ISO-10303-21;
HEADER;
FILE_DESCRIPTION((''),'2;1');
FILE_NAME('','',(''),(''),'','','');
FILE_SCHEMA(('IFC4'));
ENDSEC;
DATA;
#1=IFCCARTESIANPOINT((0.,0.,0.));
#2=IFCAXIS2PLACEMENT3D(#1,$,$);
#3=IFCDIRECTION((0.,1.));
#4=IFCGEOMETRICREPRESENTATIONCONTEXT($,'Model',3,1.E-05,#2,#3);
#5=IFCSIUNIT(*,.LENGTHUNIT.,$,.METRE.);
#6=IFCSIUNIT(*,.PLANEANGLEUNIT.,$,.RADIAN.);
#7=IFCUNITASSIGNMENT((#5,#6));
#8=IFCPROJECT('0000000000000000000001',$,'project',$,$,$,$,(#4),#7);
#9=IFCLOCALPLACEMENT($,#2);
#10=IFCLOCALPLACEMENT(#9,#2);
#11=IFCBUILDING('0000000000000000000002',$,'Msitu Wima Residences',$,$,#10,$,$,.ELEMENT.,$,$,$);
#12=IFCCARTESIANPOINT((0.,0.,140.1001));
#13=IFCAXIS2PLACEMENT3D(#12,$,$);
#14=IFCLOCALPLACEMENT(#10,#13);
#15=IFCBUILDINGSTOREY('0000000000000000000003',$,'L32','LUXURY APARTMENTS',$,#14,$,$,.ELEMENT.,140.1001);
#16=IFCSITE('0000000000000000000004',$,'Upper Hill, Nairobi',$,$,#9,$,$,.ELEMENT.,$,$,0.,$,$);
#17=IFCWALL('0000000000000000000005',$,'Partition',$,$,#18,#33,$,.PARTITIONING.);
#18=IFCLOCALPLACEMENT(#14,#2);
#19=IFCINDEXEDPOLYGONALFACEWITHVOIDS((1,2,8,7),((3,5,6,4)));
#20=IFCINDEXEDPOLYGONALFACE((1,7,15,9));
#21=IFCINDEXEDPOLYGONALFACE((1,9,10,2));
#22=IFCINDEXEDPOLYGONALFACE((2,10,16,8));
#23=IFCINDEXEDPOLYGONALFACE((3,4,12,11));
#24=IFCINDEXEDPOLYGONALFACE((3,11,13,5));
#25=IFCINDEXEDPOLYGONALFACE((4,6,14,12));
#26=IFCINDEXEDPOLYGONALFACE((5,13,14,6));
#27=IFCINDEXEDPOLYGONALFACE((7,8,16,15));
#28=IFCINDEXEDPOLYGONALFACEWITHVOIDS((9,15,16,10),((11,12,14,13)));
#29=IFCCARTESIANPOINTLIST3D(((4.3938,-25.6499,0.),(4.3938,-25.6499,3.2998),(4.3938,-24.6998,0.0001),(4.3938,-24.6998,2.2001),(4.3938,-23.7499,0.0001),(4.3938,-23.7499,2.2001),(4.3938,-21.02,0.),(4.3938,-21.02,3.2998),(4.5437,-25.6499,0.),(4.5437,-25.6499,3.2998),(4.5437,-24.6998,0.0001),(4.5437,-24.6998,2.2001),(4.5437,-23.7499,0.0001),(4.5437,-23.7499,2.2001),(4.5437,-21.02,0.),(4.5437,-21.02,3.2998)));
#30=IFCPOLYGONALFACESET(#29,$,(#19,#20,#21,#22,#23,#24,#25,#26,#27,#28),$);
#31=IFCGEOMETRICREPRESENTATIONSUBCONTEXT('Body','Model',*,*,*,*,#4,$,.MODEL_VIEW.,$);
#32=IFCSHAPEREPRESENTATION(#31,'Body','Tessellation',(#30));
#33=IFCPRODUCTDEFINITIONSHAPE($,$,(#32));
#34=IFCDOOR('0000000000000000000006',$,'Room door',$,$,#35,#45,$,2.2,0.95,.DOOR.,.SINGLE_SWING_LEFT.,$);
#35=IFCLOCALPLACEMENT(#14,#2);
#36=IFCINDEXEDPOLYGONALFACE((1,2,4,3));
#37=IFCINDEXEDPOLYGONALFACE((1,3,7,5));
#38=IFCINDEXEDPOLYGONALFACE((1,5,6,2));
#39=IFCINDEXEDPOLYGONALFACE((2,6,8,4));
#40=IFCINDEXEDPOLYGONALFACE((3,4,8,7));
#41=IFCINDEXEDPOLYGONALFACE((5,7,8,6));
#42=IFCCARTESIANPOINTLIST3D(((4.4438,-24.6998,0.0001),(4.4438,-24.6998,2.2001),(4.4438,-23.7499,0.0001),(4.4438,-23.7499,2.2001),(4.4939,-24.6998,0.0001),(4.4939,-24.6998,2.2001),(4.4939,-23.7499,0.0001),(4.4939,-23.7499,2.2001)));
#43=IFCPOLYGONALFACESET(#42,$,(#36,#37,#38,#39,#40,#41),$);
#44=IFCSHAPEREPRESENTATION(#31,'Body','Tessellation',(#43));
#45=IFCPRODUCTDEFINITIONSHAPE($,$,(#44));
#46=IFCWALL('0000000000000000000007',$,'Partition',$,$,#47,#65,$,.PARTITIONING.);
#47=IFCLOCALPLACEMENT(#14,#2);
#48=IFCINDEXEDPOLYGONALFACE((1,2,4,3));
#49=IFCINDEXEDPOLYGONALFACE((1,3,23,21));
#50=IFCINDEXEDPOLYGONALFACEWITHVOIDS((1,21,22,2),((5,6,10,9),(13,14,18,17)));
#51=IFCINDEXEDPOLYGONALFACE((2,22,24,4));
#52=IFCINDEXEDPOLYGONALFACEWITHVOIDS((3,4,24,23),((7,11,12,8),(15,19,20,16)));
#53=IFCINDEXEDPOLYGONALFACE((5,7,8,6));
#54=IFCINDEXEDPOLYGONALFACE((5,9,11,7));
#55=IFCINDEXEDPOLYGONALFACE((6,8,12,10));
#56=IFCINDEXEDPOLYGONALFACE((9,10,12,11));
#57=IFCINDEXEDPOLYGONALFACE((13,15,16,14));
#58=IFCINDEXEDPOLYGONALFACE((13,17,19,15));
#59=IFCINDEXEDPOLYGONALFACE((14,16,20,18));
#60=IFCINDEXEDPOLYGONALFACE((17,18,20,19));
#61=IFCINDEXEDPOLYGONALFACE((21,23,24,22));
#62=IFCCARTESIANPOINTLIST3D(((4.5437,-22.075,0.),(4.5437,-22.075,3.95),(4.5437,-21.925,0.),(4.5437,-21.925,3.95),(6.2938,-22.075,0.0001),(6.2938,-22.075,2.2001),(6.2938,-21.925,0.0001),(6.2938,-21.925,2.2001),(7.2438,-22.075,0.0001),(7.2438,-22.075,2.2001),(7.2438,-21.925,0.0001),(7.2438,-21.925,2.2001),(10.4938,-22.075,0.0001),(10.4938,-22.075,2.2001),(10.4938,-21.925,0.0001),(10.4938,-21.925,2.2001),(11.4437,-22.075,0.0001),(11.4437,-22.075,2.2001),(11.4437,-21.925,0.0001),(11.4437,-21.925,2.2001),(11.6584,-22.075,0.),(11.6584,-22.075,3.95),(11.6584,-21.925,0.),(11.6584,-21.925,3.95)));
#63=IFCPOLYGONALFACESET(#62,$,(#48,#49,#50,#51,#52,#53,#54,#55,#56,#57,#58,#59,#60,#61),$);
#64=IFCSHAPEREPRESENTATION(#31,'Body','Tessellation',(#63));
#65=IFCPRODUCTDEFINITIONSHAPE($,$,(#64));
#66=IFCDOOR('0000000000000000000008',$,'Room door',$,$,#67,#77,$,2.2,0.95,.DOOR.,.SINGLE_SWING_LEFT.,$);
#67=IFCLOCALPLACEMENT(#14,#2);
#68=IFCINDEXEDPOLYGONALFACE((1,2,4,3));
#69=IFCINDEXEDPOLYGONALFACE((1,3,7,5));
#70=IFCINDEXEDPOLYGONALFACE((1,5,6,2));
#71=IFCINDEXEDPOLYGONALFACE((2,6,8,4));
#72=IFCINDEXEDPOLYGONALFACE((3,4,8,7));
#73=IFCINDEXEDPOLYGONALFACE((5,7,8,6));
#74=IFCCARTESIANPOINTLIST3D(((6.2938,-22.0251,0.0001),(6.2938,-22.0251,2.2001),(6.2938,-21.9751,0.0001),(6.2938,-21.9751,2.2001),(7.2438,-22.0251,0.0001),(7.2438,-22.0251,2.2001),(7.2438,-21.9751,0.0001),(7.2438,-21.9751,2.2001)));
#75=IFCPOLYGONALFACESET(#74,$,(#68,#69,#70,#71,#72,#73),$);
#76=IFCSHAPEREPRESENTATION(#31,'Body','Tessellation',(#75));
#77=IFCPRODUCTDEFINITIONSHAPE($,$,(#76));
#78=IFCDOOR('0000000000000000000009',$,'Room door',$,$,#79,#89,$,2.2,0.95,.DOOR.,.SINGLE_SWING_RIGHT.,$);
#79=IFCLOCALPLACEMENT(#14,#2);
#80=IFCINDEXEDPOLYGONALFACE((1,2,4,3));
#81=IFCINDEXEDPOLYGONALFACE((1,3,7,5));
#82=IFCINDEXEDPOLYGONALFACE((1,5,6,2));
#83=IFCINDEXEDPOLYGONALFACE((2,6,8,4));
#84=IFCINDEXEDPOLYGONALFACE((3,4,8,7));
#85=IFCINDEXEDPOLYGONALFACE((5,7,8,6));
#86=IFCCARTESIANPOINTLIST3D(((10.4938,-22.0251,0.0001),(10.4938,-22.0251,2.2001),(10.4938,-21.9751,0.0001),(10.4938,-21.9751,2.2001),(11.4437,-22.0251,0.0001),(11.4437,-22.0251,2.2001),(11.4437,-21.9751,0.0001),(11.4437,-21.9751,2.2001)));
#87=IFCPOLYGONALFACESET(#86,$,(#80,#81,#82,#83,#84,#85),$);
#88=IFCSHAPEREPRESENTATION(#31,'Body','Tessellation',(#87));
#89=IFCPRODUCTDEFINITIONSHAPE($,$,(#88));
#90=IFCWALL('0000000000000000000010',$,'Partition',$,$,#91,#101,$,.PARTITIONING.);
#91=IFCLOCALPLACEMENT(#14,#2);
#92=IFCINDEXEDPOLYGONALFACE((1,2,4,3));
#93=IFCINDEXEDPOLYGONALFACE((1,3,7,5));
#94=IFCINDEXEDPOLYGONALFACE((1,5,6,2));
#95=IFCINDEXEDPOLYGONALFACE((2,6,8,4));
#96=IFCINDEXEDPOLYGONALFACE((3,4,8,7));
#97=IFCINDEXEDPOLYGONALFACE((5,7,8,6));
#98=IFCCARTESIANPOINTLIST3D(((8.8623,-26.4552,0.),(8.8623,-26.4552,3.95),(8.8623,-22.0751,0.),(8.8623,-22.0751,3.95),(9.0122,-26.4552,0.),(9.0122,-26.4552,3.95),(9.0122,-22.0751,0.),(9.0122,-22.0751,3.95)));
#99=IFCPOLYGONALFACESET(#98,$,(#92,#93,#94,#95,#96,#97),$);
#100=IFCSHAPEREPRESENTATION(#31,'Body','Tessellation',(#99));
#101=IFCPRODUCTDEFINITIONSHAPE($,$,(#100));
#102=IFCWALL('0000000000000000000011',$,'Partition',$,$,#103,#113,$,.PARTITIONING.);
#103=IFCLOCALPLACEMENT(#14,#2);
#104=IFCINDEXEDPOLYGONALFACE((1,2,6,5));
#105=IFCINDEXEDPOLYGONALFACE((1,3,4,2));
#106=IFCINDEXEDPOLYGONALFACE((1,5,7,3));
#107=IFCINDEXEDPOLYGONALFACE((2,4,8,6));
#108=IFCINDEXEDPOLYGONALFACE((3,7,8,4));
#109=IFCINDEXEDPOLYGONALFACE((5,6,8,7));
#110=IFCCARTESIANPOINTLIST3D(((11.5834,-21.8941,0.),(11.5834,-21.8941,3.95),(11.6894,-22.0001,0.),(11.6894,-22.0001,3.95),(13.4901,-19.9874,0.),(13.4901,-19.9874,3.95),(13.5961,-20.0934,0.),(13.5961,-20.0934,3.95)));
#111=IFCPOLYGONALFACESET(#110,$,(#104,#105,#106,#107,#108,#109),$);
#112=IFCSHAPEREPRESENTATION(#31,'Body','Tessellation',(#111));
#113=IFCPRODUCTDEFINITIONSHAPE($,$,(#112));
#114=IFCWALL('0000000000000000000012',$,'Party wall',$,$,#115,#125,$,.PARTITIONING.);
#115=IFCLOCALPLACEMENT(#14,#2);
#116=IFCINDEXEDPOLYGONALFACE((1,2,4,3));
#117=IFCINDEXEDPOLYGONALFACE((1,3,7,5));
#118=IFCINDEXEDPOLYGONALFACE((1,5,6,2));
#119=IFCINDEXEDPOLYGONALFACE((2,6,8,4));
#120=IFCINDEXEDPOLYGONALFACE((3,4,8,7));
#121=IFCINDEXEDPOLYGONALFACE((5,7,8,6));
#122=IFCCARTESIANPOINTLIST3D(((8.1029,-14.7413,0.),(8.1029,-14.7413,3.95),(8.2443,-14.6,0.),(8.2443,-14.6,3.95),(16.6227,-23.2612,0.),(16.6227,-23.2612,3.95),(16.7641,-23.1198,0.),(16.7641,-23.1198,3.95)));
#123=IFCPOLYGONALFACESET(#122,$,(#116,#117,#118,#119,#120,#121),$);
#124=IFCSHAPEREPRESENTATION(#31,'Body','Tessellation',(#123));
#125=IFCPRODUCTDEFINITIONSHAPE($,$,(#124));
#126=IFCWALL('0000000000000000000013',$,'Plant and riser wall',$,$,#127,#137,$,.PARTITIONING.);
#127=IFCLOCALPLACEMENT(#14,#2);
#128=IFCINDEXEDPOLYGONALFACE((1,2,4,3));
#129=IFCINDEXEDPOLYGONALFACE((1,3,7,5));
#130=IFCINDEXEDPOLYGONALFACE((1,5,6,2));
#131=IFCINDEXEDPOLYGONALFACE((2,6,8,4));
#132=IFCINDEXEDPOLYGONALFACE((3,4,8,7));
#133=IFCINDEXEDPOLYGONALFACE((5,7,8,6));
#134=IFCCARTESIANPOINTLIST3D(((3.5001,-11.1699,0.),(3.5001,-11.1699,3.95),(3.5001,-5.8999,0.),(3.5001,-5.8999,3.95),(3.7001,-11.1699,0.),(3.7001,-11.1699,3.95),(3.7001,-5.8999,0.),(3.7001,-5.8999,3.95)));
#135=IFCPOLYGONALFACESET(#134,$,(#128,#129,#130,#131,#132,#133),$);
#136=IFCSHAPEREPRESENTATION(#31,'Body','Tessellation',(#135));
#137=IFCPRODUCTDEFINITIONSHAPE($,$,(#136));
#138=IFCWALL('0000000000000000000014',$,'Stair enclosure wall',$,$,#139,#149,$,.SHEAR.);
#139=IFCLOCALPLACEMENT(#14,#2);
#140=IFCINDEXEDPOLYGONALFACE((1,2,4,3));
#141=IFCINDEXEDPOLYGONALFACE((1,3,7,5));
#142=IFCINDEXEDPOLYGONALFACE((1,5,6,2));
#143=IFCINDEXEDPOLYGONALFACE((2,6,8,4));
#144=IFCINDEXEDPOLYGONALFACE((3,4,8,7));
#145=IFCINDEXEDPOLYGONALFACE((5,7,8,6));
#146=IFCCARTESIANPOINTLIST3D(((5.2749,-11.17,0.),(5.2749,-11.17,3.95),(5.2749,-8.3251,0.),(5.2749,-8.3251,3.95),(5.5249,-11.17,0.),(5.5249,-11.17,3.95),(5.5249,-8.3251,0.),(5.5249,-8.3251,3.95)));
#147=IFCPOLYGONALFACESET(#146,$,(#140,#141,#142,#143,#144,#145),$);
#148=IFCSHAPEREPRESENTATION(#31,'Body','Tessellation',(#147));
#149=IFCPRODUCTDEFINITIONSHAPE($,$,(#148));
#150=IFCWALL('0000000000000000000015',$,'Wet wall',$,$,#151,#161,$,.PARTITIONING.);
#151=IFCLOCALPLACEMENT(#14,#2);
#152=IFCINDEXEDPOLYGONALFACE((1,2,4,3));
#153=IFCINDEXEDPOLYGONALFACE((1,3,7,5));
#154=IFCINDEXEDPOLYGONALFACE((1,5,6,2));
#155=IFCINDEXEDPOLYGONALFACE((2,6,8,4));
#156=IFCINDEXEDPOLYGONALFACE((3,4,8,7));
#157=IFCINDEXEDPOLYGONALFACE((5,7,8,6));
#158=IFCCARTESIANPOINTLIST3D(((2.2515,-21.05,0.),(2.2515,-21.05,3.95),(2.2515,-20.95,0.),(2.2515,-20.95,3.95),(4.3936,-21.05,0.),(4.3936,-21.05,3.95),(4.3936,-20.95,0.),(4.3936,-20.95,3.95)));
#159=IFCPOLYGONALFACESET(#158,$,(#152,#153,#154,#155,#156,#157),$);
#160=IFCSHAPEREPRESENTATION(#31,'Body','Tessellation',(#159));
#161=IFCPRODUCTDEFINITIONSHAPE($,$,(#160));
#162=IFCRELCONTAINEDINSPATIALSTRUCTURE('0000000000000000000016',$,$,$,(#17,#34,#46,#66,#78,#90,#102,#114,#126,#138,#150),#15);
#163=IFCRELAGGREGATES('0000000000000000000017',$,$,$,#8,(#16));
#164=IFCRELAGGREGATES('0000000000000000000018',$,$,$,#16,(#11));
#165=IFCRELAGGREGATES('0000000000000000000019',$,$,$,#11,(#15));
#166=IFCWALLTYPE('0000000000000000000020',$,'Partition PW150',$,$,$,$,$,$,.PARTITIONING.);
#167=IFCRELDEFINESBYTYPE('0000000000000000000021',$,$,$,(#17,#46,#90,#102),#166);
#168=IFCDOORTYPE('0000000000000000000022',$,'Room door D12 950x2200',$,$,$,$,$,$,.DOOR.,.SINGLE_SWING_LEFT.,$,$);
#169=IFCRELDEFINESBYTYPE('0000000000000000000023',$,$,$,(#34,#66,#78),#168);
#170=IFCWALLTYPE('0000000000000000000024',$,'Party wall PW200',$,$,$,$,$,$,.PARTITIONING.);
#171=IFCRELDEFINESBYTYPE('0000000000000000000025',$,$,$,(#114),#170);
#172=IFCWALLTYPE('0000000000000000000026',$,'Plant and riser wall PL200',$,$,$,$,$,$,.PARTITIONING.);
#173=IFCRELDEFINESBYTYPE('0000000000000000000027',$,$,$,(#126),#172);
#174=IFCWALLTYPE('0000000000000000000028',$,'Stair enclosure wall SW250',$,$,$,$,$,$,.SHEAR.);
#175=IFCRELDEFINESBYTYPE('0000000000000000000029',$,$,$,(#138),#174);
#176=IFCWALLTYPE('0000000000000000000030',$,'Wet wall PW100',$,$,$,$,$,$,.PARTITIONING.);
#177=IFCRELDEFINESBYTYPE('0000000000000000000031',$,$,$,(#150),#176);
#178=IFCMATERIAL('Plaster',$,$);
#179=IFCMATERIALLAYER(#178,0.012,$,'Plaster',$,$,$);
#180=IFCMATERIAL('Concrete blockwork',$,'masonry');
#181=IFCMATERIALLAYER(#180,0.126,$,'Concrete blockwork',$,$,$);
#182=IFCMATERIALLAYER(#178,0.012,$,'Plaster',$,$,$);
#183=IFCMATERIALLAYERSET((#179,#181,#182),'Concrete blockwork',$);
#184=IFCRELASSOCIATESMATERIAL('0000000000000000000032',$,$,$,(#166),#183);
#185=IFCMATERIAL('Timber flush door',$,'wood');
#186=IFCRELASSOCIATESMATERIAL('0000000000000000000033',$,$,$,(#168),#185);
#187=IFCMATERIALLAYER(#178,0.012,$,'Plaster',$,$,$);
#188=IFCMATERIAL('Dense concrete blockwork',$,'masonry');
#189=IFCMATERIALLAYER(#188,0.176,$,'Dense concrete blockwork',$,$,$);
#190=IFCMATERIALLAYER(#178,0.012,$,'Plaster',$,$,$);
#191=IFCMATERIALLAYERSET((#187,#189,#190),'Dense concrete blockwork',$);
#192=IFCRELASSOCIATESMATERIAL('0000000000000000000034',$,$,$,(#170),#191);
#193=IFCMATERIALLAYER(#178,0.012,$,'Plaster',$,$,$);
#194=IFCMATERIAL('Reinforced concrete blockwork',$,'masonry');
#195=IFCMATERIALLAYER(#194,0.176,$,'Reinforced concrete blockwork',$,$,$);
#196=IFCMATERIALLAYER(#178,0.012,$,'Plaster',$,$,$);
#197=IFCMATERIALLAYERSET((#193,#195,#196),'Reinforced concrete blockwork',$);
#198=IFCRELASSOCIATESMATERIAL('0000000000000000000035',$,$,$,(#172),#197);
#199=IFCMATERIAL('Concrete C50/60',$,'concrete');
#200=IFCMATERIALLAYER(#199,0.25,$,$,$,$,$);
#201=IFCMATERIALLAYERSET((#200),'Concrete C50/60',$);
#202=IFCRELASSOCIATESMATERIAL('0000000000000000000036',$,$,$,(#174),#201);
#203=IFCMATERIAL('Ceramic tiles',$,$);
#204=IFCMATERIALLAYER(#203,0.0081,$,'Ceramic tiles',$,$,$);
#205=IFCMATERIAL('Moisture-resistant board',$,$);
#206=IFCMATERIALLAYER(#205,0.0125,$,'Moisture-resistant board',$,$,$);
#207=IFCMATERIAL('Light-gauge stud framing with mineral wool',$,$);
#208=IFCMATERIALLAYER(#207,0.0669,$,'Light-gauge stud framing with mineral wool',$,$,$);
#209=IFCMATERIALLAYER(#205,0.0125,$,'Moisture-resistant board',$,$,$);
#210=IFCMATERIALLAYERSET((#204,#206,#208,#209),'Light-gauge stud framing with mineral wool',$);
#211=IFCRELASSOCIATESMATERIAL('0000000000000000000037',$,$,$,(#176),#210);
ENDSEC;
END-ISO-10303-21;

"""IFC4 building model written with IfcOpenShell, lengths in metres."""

from ifc_helpers import new_model, si_unit, direction, frame, frame_2d, origin, place, context, subcontext, project, spatial, rectangle, extrude, material, layer, layer_set, type_object, element, fill, save


model = new_model("IFC4")

# Units and contexts
model_context = context("Model", 3, precision=1e-05, world=origin(), true_north=direction((0.0, 1.0)))
body_context = subcontext(model_context, "Body", "Model", "MODEL_VIEW")
ifc_project = project(units=[si_unit("LENGTHUNIT", "METRE"), si_unit("PLANEANGLEUNIT", "RADIAN")], contexts=[model_context])

# Site, building, storey
site_placement = place(None, origin())
site = spatial("IfcSite", under=ifc_project, at=site_placement, Name="Upper Hill, Nairobi", CompositionType="ELEMENT", RefElevation=0.0)
building_placement = place(site_placement, origin())
building = spatial("IfcBuilding", under=site, at=building_placement, Name="Msitu Wima Residences", CompositionType="ELEMENT")
storey_placement = place(building_placement, frame((0.0, 0.0, 140.1001)))
storey = spatial("IfcBuildingStorey", under=building, at=storey_placement, Name="L32", Description="LUXURY APARTMENTS", CompositionType="ELEMENT", Elevation=140.1001)

# Shared definitions
ifc_material_1 = material(Name="Concrete C50/60", Category="concrete")

# Wall, opening, door
ifc_material_2 = material(Name="Plaster")
ifc_layer_1 = layer(ifc_material_2, 0.012, Name="Plaster")
ifc_material_3 = material(Name="Concrete blockwork", Category="masonry")
ifc_layer_2 = layer(ifc_material_3, 0.126, Name="Concrete blockwork")
ifc_layer_3 = layer(ifc_material_2, 0.012, Name="Plaster")
ifc_layer_set_1 = layer_set([ifc_layer_1, ifc_layer_2, ifc_layer_3], Name="Concrete blockwork")
wall_type_1 = type_object("IfcWallType", Name="Partition PW150", PredefinedType="PARTITIONING", material=ifc_layer_set_1)
wall_1_placement = place(storey_placement, frame((4.4688, -25.6499, 0.0), z_axis=(0.0, 0.0, 1.0), x_axis=(0.0, 1.0, 0.0)))
wall_1 = element("IfcWall", 1, at=wall_1_placement, inside=storey, type_object=wall_type_1, Name="Partition", PredefinedType="PARTITIONING", context=body_context, shape_type="SweptSolid", body=[
    extrude(rectangle(XDim=4.6299, YDim=0.1499, at=frame_2d((2.3149, 0.0))), origin(), (0.0, 0.0, 1.0), 3.2998),
])
opening_1_placement = place(wall_1_placement, frame((0.95, 0.0, 0.0)))
opening_1 = element("IfcOpeningElement", 2, at=opening_1_placement, cuts=wall_1, PredefinedType="OPENING", context=body_context, shape_type="SweptSolid", body=[
    extrude(rectangle(XDim=0.95, YDim=2.2, at=frame_2d((0.4751, 1.1001))), frame((0.0, 0.085, 0.0), z_axis=(0.0, -1.0, 0.0), x_axis=(1.0, 0.0, 0.0)), (0.0, 0.0, 1.0), 0.1699),
])
ifc_material_4 = material(Name="Timber flush door", Category="wood")
door_type_1 = type_object("IfcDoorType", Name="Room door D12 950x2200", OperationType="SINGLE_SWING_LEFT", PredefinedType="DOOR", material=ifc_material_4)
door_1_placement = place(opening_1_placement, origin())
door_1 = element("IfcDoor", 3, at=door_1_placement, inside=storey, type_object=door_type_1, Name="Room door", OperationType="SINGLE_SWING_LEFT", OverallHeight=2.2, OverallWidth=0.95, PredefinedType="DOOR", context=body_context, shape_type="SweptSolid", body=[
    extrude(rectangle(XDim=0.95, YDim=2.2, at=frame_2d((0.4751, 1.1001))), frame((0.0, 0.0249, 0.0), z_axis=(0.0, -1.0, 0.0), x_axis=(1.0, 0.0, 0.0)), (0.0, 0.0, 1.0), 0.05),
])
fill(opening_1, door_1)

# Wall, openings, doors
wall_2_placement = place(storey_placement, frame((4.5437, -22.0, 0.0), z_axis=(0.0, 0.0, 1.0), x_axis=(1.0, 0.0, 0.0)))
wall_2 = element("IfcWall", 4, at=wall_2_placement, inside=storey, type_object=wall_type_1, Name="Partition", PredefinedType="PARTITIONING", context=body_context, shape_type="SweptSolid", body=[
    extrude(rectangle(XDim=7.1147, YDim=0.1499, at=frame_2d((3.5574, 0.0))), origin(), (0.0, 0.0, 1.0), 3.95),
])
opening_2_placement = place(wall_2_placement, frame((1.75, 0.0, 0.0)))
opening_2 = element("IfcOpeningElement", 5, at=opening_2_placement, cuts=wall_2, PredefinedType="OPENING", context=body_context, shape_type="SweptSolid", body=[
    extrude(rectangle(XDim=0.95, YDim=2.2, at=frame_2d((0.4751, 1.1001))), frame((0.0, 0.085, 0.0), z_axis=(0.0, -1.0, 0.0), x_axis=(1.0, 0.0, 0.0)), (0.0, 0.0, 1.0), 0.1699),
])
opening_3_placement = place(wall_2_placement, frame((5.95, 0.0, 0.0)))
opening_3 = element("IfcOpeningElement", 6, at=opening_3_placement, cuts=wall_2, PredefinedType="OPENING", context=body_context, shape_type="SweptSolid", body=[
    extrude(rectangle(XDim=0.95, YDim=2.2, at=frame_2d((0.4751, 1.1001))), frame((0.0, 0.085, 0.0), z_axis=(0.0, -1.0, 0.0), x_axis=(1.0, 0.0, 0.0)), (0.0, 0.0, 1.0), 0.1699),
])
door_2_placement = place(opening_2_placement, origin())
door_2 = element("IfcDoor", 7, at=door_2_placement, inside=storey, type_object=door_type_1, Name="Room door", OperationType="SINGLE_SWING_LEFT", OverallHeight=2.2, OverallWidth=0.95, PredefinedType="DOOR", context=body_context, shape_type="SweptSolid", body=[
    extrude(rectangle(XDim=0.95, YDim=2.2, at=frame_2d((0.4751, 1.1001))), frame((0.0, 0.0249, 0.0), z_axis=(0.0, -1.0, 0.0), x_axis=(1.0, 0.0, 0.0)), (0.0, 0.0, 1.0), 0.05),
])
fill(opening_2, door_2)
door_3_placement = place(opening_3_placement, origin())
door_3 = element("IfcDoor", 8, at=door_3_placement, inside=storey, type_object=door_type_1, Name="Room door", OperationType="SINGLE_SWING_RIGHT", OverallHeight=2.2, OverallWidth=0.95, PredefinedType="DOOR", context=body_context, shape_type="SweptSolid", body=[
    extrude(rectangle(XDim=0.95, YDim=2.2, at=frame_2d((0.4751, 1.1001))), frame((0.0, 0.0249, 0.0), z_axis=(0.0, -1.0, 0.0), x_axis=(1.0, 0.0, 0.0)), (0.0, 0.0, 1.0), 0.05),
])
fill(opening_3, door_3)

# Walls
wall_3_placement = place(storey_placement, frame((8.9373, -26.4551, 0.0), z_axis=(0.0, 0.0, 1.0), x_axis=(0.0, 1.0, 0.0)))
element("IfcWall", 9, at=wall_3_placement, inside=storey, type_object=wall_type_1, Name="Partition", PredefinedType="PARTITIONING", context=body_context, shape_type="SweptSolid", body=[
    extrude(rectangle(XDim=4.3801, YDim=0.1499, at=frame_2d((2.1899, 0.0))), origin(), (0.0, 0.0, 1.0), 3.95),
])
wall_4_placement = place(storey_placement, frame((11.6365, -21.947, 0.0), z_axis=(0.0, 0.0, 1.0), x_axis=(0.707107, 0.707107, 0.0)))
element("IfcWall", 10, at=wall_4_placement, inside=storey, type_object=wall_type_1, Name="Partition", PredefinedType="PARTITIONING", context=body_context, shape_type="SweptSolid", body=[
    extrude(rectangle(XDim=2.6965, YDim=0.1499, at=frame_2d((1.3481, 0.0))), origin(), (0.0, 0.0, 1.0), 3.95),
])
ifc_layer_4 = layer(ifc_material_2, 0.012, Name="Plaster")
ifc_material_5 = material(Name="Dense concrete blockwork", Category="masonry")
ifc_layer_5 = layer(ifc_material_5, 0.176, Name="Dense concrete blockwork")
ifc_layer_6 = layer(ifc_material_2, 0.012, Name="Plaster")
ifc_layer_set_2 = layer_set([ifc_layer_4, ifc_layer_5, ifc_layer_6], Name="Dense concrete blockwork")
wall_type_2 = type_object("IfcWallType", Name="Party wall PW200", PredefinedType="PARTITIONING", material=ifc_layer_set_2)
wall_5_placement = place(storey_placement, frame((8.1736, -14.6707, 0.0), z_axis=(0.0, 0.0, 1.0), x_axis=(0.707107, -0.707107, 0.0)))
element("IfcWall", 11, at=wall_5_placement, inside=storey, type_object=wall_type_2, Name="Party wall", PredefinedType="PARTITIONING", context=body_context, shape_type="SweptSolid", body=[
    extrude(rectangle(XDim=12.0488, YDim=0.2, at=frame_2d((6.0244, 0.0))), origin(), (0.0, 0.0, 1.0), 3.95),
])
ifc_layer_7 = layer(ifc_material_2, 0.012, Name="Plaster")
ifc_material_6 = material(Name="Reinforced concrete blockwork", Category="masonry")
ifc_layer_8 = layer(ifc_material_6, 0.176, Name="Reinforced concrete blockwork")
ifc_layer_9 = layer(ifc_material_2, 0.012, Name="Plaster")
ifc_layer_set_3 = layer_set([ifc_layer_7, ifc_layer_8, ifc_layer_9], Name="Reinforced concrete blockwork")
wall_type_3 = type_object("IfcWallType", Name="Plant and riser wall PL200", PredefinedType="PARTITIONING", material=ifc_layer_set_3)
wall_6_placement = place(storey_placement, frame((3.6001, -11.1699, 0.0), z_axis=(0.0, 0.0, 1.0), x_axis=(0.0, 1.0, 0.0)))
element("IfcWall", 12, at=wall_6_placement, inside=storey, type_object=wall_type_3, Name="Plant and riser wall", PredefinedType="PARTITIONING", context=body_context, shape_type="SweptSolid", body=[
    extrude(rectangle(XDim=5.27, YDim=0.2, at=frame_2d((2.635, 0.0))), origin(), (0.0, 0.0, 1.0), 3.95),
])
ifc_layer_10 = layer(ifc_material_1, 0.25)
ifc_layer_set_4 = layer_set([ifc_layer_10], Name="Concrete C50/60")
wall_type_4 = type_object("IfcWallType", Name="Stair enclosure wall SW250", PredefinedType="SHEAR", material=ifc_layer_set_4)
wall_7_placement = place(storey_placement, frame((5.3999, -11.1699, 0.0), z_axis=(0.0, 0.0, 1.0), x_axis=(0.0, 1.0, 0.0)))
element("IfcWall", 13, at=wall_7_placement, inside=storey, type_object=wall_type_4, Name="Stair enclosure wall", PredefinedType="SHEAR", context=body_context, shape_type="SweptSolid", body=[
    extrude(rectangle(XDim=2.845, YDim=0.25, at=frame_2d((1.4224, 0.0))), origin(), (0.0, 0.0, 1.0), 3.95),
])
ifc_material_7 = material(Name="Ceramic tiles")
ifc_layer_11 = layer(ifc_material_7, 0.0081, Name="Ceramic tiles")
ifc_material_8 = material(Name="Moisture-resistant board")
ifc_layer_12 = layer(ifc_material_8, 0.0125, Name="Moisture-resistant board")
ifc_material_9 = material(Name="Light-gauge stud framing with mineral wool")
ifc_layer_13 = layer(ifc_material_9, 0.0669, Name="Light-gauge stud framing with mineral wool")
ifc_layer_14 = layer(ifc_material_8, 0.0125, Name="Moisture-resistant board")
ifc_layer_set_5 = layer_set([ifc_layer_11, ifc_layer_12, ifc_layer_13, ifc_layer_14], Name="Light-gauge stud framing with mineral wool")
wall_type_5 = type_object("IfcWallType", Name="Wet wall PW100", PredefinedType="PARTITIONING", material=ifc_layer_set_5)
wall_8_placement = place(storey_placement, frame((2.2515, -21.0, 0.0), z_axis=(0.0, 0.0, 1.0), x_axis=(1.0, 0.0, 0.0)))
element("IfcWall", 14, at=wall_8_placement, inside=storey, type_object=wall_type_5, Name="Wet wall", PredefinedType="PARTITIONING", context=body_context, shape_type="SweptSolid", body=[
    extrude(rectangle(XDim=2.1421, YDim=0.1001, at=frame_2d((1.071, 0.0))), origin(), (0.0, 0.0, 1.0), 3.95),
])

save(model, "model.ifc")
